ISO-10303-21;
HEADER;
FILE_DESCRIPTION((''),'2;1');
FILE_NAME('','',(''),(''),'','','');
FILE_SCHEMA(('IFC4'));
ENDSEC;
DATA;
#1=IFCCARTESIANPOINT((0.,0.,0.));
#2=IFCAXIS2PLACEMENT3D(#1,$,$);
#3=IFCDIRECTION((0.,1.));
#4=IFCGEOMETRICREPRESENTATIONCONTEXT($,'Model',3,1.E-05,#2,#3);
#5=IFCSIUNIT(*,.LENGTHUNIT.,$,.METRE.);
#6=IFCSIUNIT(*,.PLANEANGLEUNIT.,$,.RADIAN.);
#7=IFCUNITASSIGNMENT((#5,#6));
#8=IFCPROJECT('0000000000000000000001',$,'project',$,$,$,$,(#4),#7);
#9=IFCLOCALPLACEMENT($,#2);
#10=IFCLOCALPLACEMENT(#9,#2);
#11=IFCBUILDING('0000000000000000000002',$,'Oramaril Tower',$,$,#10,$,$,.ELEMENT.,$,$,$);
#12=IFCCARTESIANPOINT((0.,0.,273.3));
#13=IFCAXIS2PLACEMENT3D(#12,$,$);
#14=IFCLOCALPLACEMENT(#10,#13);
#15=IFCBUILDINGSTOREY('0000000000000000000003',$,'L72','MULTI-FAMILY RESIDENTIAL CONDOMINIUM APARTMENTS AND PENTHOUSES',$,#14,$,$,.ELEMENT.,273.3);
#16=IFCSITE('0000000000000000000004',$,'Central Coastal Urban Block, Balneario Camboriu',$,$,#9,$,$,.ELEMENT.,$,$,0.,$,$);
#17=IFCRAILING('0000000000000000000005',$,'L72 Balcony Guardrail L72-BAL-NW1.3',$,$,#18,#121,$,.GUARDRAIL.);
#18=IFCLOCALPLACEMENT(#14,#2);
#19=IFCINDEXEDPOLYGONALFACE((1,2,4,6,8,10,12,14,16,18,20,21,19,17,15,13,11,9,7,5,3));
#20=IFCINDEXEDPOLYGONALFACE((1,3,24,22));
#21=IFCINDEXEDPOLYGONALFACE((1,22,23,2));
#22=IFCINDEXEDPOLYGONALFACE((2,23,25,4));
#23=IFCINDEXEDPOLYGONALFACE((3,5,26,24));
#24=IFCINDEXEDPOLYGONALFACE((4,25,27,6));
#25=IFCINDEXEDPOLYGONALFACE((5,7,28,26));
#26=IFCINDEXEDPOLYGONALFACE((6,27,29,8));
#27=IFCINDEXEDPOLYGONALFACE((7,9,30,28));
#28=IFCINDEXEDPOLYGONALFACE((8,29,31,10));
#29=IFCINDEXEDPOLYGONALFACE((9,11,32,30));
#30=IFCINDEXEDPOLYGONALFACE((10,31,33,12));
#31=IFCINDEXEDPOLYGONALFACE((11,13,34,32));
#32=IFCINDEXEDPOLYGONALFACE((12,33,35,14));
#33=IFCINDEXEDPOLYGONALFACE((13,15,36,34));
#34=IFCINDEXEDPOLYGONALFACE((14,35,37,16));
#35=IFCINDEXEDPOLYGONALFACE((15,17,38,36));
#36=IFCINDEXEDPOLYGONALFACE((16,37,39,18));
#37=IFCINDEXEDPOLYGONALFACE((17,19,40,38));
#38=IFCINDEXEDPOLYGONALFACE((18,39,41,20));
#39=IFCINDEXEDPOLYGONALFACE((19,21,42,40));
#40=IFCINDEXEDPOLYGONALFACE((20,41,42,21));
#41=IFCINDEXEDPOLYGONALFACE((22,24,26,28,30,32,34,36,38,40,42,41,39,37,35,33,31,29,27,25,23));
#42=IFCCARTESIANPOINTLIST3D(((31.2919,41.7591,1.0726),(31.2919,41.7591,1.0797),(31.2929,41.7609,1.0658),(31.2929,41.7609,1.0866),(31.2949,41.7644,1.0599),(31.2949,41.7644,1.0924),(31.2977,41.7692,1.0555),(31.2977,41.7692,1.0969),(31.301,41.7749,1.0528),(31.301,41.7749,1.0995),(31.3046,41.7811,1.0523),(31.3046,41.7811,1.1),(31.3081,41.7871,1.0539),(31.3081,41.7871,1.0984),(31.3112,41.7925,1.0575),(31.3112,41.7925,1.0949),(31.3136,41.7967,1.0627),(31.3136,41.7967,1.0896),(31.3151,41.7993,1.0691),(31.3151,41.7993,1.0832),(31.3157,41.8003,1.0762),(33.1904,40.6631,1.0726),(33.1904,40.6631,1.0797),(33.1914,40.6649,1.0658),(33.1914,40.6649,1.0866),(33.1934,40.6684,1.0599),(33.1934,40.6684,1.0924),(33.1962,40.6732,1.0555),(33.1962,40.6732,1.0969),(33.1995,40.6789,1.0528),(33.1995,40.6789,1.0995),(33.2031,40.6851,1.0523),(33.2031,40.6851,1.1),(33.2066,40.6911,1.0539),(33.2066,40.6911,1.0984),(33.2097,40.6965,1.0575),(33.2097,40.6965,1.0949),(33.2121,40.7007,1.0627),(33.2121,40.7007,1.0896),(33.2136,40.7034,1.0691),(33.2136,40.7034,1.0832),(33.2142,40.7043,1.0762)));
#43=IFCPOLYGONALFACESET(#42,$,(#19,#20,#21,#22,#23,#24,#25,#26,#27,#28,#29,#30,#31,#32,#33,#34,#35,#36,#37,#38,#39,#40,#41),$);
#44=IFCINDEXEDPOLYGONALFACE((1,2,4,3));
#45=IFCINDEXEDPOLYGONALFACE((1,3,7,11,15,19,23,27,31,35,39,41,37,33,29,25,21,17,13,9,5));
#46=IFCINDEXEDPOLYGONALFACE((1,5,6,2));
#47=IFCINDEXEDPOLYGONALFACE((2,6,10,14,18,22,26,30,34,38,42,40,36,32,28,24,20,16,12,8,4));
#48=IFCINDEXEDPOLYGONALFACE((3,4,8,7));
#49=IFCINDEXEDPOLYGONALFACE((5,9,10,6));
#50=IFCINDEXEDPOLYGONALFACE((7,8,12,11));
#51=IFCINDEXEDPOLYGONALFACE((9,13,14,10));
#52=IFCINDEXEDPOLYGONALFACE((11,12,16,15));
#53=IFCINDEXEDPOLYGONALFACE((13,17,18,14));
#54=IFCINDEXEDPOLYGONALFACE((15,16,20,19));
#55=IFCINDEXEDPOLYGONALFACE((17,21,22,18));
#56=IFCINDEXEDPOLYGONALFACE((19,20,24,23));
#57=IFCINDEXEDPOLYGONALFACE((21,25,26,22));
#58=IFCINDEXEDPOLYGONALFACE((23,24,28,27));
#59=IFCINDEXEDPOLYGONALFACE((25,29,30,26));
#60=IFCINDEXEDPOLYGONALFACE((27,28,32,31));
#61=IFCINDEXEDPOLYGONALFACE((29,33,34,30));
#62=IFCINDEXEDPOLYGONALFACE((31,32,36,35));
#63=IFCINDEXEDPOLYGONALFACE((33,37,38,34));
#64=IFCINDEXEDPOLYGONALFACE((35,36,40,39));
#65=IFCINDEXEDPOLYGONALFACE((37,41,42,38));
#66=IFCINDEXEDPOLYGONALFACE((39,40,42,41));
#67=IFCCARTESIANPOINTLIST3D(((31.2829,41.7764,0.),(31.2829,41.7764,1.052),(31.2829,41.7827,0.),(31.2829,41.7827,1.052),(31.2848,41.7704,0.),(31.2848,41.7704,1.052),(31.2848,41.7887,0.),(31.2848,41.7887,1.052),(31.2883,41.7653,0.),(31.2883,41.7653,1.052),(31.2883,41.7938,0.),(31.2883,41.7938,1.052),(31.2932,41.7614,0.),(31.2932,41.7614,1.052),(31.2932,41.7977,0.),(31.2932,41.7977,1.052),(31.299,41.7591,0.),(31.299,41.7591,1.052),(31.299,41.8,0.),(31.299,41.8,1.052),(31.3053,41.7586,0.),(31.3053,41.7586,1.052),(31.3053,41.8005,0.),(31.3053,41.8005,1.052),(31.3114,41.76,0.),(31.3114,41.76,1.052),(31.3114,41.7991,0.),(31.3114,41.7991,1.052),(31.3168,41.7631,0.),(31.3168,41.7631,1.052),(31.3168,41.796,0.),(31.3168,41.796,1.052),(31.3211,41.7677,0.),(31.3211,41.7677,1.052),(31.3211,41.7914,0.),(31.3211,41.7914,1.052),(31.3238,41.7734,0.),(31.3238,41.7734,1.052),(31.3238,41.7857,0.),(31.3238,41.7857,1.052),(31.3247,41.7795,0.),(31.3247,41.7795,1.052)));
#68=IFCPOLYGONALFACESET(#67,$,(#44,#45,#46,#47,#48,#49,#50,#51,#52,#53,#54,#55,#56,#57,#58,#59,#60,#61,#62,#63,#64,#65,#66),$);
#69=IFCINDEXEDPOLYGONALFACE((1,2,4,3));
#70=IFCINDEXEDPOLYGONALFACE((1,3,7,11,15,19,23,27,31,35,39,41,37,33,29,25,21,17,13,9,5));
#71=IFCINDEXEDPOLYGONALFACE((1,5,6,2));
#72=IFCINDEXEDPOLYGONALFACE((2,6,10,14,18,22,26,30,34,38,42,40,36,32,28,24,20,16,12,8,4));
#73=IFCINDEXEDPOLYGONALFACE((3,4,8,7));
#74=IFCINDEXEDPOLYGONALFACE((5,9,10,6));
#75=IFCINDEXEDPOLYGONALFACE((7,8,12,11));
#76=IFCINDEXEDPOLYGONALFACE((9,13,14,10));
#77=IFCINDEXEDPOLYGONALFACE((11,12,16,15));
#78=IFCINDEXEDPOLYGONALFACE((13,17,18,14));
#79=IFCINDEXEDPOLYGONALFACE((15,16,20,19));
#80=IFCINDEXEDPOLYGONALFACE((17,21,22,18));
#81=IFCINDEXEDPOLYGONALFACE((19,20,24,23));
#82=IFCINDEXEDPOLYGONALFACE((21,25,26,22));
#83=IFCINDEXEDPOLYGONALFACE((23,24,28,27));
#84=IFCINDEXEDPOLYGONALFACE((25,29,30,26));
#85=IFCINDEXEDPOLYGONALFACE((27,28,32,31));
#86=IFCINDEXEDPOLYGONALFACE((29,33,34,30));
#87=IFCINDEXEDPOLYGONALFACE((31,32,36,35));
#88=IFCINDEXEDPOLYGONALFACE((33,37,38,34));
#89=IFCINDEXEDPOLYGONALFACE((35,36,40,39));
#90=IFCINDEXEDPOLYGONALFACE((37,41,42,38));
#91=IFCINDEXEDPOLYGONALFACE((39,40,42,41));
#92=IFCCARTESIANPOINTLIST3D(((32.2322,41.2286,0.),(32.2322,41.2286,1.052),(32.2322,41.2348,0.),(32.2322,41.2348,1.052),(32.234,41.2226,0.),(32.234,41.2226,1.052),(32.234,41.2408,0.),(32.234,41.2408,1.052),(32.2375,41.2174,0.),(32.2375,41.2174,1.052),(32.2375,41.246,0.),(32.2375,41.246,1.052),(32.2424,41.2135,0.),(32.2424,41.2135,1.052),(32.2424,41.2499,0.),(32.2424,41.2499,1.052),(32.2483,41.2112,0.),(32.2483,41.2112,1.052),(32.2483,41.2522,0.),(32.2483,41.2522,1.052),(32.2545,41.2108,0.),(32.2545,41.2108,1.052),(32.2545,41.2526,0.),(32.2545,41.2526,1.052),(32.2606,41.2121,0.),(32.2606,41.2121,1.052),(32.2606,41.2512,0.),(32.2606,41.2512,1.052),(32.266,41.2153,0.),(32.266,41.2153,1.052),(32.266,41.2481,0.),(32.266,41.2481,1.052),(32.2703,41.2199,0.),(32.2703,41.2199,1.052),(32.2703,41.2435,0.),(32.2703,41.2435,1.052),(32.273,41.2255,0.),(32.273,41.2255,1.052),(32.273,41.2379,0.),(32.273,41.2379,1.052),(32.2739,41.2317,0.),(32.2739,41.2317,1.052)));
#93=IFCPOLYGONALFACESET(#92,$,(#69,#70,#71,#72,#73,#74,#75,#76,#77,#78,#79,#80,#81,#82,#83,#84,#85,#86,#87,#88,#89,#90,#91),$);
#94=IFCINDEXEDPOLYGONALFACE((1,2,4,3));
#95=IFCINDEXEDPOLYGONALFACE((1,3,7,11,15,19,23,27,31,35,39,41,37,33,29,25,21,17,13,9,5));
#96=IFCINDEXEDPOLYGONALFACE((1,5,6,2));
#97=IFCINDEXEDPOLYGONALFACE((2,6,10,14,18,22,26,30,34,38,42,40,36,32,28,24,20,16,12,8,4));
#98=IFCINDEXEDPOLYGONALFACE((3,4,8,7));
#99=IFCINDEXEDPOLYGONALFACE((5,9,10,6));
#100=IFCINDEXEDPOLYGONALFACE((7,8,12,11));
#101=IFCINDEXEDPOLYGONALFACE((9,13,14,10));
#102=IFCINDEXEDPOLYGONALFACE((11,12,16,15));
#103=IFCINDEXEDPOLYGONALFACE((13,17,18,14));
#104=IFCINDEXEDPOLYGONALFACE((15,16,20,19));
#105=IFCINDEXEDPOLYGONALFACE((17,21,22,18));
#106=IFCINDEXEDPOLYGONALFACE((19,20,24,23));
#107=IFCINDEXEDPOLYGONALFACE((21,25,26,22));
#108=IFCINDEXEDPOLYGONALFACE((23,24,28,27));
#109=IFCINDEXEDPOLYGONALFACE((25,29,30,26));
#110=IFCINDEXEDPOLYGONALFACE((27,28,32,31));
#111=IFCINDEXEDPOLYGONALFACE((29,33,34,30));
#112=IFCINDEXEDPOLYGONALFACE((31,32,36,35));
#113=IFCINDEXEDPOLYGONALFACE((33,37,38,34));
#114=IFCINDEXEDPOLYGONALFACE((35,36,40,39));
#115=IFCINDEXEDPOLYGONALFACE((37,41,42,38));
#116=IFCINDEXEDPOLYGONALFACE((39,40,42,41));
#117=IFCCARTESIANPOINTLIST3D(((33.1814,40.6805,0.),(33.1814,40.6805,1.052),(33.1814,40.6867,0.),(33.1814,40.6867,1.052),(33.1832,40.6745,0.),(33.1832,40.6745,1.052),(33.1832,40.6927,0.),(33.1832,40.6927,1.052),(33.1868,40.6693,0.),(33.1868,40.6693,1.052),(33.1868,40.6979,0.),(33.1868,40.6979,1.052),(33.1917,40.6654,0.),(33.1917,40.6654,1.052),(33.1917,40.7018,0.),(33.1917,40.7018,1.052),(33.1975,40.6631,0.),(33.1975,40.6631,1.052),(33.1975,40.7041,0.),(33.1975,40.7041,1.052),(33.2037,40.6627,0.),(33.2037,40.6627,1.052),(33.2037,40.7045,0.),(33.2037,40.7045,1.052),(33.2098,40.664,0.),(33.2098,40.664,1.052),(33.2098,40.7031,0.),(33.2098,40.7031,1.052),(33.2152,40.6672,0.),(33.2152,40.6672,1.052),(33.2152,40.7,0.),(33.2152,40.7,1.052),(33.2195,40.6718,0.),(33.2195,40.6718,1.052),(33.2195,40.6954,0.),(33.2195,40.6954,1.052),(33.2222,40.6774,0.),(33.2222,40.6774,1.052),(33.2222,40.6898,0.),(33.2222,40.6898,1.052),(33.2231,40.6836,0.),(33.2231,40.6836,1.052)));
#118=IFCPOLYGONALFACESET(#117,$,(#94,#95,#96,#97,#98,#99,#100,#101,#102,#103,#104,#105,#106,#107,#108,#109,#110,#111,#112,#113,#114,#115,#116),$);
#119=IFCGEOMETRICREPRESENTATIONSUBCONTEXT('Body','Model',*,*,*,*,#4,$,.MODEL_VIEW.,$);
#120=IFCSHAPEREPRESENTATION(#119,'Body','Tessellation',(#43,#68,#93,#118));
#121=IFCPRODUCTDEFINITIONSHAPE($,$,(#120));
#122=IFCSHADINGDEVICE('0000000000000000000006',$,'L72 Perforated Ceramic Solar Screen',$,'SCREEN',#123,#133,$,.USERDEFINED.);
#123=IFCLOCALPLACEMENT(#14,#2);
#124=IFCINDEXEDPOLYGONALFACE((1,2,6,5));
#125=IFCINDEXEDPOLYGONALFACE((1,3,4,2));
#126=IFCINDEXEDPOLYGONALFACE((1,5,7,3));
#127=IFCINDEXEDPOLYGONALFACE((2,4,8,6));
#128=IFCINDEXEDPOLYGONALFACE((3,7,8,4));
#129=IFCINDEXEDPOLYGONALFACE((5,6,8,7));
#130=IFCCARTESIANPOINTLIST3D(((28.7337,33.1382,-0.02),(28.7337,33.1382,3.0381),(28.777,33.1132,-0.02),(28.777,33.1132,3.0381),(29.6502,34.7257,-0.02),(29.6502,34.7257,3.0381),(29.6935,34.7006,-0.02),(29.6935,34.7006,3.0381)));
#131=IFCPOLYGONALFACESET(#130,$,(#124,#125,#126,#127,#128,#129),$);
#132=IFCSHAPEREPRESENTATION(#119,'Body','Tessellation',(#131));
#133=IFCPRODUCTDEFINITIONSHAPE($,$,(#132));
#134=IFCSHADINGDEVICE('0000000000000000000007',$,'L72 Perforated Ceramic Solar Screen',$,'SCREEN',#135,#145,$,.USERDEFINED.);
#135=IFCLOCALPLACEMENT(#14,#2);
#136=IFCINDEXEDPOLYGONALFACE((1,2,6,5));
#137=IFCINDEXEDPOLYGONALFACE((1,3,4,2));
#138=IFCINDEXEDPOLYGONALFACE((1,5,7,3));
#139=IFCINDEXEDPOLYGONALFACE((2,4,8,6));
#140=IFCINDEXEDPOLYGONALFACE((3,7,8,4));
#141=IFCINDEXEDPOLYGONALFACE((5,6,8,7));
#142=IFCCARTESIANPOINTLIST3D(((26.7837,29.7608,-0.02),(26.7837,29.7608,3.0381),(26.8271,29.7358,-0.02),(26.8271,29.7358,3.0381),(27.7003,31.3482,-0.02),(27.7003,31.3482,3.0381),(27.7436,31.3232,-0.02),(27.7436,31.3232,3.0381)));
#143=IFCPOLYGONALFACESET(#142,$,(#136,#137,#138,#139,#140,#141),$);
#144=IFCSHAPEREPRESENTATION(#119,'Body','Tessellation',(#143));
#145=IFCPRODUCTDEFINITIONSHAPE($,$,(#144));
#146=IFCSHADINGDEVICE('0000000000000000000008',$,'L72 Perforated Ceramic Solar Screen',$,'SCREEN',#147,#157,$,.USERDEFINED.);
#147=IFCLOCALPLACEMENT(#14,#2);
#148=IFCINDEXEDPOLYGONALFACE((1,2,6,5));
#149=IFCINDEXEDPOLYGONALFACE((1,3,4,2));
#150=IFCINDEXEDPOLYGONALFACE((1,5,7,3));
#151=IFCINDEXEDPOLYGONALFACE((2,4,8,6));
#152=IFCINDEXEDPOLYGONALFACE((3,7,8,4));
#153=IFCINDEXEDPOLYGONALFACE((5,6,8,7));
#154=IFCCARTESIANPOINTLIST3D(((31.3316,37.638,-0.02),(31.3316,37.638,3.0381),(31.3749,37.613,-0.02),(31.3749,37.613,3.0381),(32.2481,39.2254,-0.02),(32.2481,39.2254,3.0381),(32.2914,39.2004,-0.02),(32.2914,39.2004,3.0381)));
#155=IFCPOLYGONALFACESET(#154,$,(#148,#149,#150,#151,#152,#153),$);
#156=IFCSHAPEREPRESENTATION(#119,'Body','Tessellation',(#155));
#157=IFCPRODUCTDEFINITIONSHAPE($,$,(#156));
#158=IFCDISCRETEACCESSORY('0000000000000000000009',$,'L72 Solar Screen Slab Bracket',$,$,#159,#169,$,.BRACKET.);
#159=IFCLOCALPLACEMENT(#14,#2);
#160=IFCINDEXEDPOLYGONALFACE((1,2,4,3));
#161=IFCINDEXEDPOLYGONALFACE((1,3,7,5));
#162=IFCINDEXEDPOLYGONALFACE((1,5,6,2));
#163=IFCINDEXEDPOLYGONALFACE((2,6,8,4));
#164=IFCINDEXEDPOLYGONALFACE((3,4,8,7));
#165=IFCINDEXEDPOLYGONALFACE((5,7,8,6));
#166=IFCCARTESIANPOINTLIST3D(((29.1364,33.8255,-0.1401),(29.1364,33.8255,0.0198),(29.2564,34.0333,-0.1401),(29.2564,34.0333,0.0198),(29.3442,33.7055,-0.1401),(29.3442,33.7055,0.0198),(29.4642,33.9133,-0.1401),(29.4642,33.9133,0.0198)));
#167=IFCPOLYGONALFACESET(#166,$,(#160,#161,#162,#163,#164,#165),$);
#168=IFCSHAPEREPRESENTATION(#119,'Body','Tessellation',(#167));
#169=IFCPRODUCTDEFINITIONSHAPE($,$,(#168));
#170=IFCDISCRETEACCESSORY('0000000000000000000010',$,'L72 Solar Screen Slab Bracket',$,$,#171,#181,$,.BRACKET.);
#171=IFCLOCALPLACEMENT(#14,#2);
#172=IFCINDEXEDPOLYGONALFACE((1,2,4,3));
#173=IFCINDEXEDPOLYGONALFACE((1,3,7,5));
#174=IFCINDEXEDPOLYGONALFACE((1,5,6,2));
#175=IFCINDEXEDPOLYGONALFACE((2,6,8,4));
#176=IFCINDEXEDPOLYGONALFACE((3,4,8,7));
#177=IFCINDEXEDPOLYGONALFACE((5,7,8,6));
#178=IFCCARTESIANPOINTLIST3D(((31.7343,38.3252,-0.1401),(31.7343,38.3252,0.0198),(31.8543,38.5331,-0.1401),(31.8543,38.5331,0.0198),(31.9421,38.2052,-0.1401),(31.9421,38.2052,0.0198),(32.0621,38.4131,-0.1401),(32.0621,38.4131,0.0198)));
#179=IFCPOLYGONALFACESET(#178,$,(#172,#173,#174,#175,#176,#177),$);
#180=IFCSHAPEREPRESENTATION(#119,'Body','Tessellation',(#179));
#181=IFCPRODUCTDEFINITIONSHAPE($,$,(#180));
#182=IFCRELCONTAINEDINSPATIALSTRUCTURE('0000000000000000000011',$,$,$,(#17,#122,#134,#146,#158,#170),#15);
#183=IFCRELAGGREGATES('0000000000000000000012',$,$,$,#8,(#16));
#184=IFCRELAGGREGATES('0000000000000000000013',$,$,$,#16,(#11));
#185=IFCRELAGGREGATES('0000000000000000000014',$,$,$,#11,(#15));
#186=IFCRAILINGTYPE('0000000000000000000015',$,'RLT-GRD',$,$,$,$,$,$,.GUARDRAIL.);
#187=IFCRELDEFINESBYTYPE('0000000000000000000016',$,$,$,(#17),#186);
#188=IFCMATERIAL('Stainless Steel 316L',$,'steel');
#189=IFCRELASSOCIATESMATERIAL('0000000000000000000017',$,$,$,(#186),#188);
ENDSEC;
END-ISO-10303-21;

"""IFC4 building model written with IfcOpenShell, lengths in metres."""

from ifc_helpers import new_model, si_unit, direction, frame, origin, origin_2d, place, context, subcontext, project, spatial, rectangle, circle, extrude, material, type_object, element, save


model = new_model("IFC4")

# Units and contexts
model_context = context("Model", 3, precision=1e-05, world=origin(), true_north=direction((0.0, 1.0)))
body_context = subcontext(model_context, "Body", "Model", "MODEL_VIEW")
ifc_project = project(units=[si_unit("LENGTHUNIT", "METRE"), si_unit("PLANEANGLEUNIT", "RADIAN")], contexts=[model_context])

# Site, building, storey
site_placement = place(None, origin())
site = spatial("IfcSite", under=ifc_project, at=site_placement, Name="Central Coastal Urban Block, Balneario Camboriu", CompositionType="ELEMENT", RefElevation=0.0)
building_placement = place(site_placement, origin())
building = spatial("IfcBuilding", under=site, at=building_placement, Name="Oramaril Tower", CompositionType="ELEMENT")
storey_placement = place(building_placement, frame((0.0, 0.0, 273.3)))
storey = spatial("IfcBuildingStorey", under=building, at=storey_placement, Name="L72", Description="MULTI-FAMILY RESIDENTIAL CONDOMINIUM APARTMENTS AND PENTHOUSES", CompositionType="ELEMENT", Elevation=273.3)

# Railing
ifc_material_1 = material(Name="Stainless Steel 316L", Category="steel")
railing_type = type_object("IfcRailingType", Name="RLT-GRD", PredefinedType="GUARDRAIL", material=ifc_material_1)
railing_1_placement = place(storey_placement, frame((31.3037, 41.7795, 0.0)))
element("IfcRailing", 1, at=railing_1_placement, inside=storey, type_object=railing_type, Name="L72 Balcony Guardrail L72-BAL-NW1.3", PredefinedType="GUARDRAIL", context=body_context, shape_type="SweptSolid", body=[
    extrude(circle(Radius=0.0239, at=origin_2d()), frame((0.0, 0.0, 1.0762), z_axis=(0.866048, -0.49996, 0.0), x_axis=(0.49996, 0.866048, 0.0)), (0.0, 0.0, 1.0), 2.1921),
    extrude(circle(Radius=0.021, at=origin_2d()), origin(), (0.0, 0.0, 1.0), 1.052),
    extrude(circle(Radius=0.021, at=origin_2d()), frame((0.9492, -0.5479, 0.0)), (0.0, 0.0, 1.0), 1.052),
    extrude(circle(Radius=0.021, at=origin_2d()), frame((1.8984, -1.0959, 0.0)), (0.0, 0.0, 1.0), 1.052),
])

# Shading devices
for number, where, z_axis, x_axis, name in (
    (2, (29.2136, 33.9194, -0.02), (0.0, 0.0, 1.0), (-0.499998, -0.866026, 0.0), "L72 Perforated Ceramic Solar Screen"),
    (3, (27.2637, 30.542, -0.02), (0.0, 0.0, 1.0), (-0.499998, -0.866026, 0.0), "L72 Perforated Ceramic Solar Screen"),
    (4, (31.8115, 38.4192, -0.02), (0.0, 0.0, 1.0), (-0.499998, -0.866026, 0.0), "L72 Perforated Ceramic Solar Screen"),
):
    element("IfcShadingDevice", number, at=place(storey_placement, frame(where, z_axis=z_axis, x_axis=x_axis)), inside=storey, Name=name, ObjectType="SCREEN", PredefinedType="USERDEFINED", context=body_context, shape_type="SweptSolid", body=[
        extrude(rectangle(XDim=1.833, YDim=0.05, at=origin_2d()), origin(), (0.0, 0.0, 1.0), 3.0581),
    ])

# Discrete accessories
for number, where, z_axis, x_axis, name in (
    (5, (29.3003, 33.8694, -0.1401), (0.0, 0.0, 1.0), (-0.499998, -0.866026, 0.0), "L72 Solar Screen Slab Bracket"),
    (6, (31.8982, 38.3691, -0.1401), (0.0, 0.0, 1.0), (-0.499998, -0.866026, 0.0), "L72 Solar Screen Slab Bracket"),
):
    element("IfcDiscreteAccessory", number, at=place(storey_placement, frame(where, z_axis=z_axis, x_axis=x_axis)), inside=storey, Name=name, PredefinedType="BRACKET", context=body_context, shape_type="SweptSolid", body=[
        extrude(rectangle(XDim=0.24, YDim=0.24, at=origin_2d()), origin(), (0.0, 0.0, 1.0), 0.1599),
    ])

save(model, "model.ifc")
